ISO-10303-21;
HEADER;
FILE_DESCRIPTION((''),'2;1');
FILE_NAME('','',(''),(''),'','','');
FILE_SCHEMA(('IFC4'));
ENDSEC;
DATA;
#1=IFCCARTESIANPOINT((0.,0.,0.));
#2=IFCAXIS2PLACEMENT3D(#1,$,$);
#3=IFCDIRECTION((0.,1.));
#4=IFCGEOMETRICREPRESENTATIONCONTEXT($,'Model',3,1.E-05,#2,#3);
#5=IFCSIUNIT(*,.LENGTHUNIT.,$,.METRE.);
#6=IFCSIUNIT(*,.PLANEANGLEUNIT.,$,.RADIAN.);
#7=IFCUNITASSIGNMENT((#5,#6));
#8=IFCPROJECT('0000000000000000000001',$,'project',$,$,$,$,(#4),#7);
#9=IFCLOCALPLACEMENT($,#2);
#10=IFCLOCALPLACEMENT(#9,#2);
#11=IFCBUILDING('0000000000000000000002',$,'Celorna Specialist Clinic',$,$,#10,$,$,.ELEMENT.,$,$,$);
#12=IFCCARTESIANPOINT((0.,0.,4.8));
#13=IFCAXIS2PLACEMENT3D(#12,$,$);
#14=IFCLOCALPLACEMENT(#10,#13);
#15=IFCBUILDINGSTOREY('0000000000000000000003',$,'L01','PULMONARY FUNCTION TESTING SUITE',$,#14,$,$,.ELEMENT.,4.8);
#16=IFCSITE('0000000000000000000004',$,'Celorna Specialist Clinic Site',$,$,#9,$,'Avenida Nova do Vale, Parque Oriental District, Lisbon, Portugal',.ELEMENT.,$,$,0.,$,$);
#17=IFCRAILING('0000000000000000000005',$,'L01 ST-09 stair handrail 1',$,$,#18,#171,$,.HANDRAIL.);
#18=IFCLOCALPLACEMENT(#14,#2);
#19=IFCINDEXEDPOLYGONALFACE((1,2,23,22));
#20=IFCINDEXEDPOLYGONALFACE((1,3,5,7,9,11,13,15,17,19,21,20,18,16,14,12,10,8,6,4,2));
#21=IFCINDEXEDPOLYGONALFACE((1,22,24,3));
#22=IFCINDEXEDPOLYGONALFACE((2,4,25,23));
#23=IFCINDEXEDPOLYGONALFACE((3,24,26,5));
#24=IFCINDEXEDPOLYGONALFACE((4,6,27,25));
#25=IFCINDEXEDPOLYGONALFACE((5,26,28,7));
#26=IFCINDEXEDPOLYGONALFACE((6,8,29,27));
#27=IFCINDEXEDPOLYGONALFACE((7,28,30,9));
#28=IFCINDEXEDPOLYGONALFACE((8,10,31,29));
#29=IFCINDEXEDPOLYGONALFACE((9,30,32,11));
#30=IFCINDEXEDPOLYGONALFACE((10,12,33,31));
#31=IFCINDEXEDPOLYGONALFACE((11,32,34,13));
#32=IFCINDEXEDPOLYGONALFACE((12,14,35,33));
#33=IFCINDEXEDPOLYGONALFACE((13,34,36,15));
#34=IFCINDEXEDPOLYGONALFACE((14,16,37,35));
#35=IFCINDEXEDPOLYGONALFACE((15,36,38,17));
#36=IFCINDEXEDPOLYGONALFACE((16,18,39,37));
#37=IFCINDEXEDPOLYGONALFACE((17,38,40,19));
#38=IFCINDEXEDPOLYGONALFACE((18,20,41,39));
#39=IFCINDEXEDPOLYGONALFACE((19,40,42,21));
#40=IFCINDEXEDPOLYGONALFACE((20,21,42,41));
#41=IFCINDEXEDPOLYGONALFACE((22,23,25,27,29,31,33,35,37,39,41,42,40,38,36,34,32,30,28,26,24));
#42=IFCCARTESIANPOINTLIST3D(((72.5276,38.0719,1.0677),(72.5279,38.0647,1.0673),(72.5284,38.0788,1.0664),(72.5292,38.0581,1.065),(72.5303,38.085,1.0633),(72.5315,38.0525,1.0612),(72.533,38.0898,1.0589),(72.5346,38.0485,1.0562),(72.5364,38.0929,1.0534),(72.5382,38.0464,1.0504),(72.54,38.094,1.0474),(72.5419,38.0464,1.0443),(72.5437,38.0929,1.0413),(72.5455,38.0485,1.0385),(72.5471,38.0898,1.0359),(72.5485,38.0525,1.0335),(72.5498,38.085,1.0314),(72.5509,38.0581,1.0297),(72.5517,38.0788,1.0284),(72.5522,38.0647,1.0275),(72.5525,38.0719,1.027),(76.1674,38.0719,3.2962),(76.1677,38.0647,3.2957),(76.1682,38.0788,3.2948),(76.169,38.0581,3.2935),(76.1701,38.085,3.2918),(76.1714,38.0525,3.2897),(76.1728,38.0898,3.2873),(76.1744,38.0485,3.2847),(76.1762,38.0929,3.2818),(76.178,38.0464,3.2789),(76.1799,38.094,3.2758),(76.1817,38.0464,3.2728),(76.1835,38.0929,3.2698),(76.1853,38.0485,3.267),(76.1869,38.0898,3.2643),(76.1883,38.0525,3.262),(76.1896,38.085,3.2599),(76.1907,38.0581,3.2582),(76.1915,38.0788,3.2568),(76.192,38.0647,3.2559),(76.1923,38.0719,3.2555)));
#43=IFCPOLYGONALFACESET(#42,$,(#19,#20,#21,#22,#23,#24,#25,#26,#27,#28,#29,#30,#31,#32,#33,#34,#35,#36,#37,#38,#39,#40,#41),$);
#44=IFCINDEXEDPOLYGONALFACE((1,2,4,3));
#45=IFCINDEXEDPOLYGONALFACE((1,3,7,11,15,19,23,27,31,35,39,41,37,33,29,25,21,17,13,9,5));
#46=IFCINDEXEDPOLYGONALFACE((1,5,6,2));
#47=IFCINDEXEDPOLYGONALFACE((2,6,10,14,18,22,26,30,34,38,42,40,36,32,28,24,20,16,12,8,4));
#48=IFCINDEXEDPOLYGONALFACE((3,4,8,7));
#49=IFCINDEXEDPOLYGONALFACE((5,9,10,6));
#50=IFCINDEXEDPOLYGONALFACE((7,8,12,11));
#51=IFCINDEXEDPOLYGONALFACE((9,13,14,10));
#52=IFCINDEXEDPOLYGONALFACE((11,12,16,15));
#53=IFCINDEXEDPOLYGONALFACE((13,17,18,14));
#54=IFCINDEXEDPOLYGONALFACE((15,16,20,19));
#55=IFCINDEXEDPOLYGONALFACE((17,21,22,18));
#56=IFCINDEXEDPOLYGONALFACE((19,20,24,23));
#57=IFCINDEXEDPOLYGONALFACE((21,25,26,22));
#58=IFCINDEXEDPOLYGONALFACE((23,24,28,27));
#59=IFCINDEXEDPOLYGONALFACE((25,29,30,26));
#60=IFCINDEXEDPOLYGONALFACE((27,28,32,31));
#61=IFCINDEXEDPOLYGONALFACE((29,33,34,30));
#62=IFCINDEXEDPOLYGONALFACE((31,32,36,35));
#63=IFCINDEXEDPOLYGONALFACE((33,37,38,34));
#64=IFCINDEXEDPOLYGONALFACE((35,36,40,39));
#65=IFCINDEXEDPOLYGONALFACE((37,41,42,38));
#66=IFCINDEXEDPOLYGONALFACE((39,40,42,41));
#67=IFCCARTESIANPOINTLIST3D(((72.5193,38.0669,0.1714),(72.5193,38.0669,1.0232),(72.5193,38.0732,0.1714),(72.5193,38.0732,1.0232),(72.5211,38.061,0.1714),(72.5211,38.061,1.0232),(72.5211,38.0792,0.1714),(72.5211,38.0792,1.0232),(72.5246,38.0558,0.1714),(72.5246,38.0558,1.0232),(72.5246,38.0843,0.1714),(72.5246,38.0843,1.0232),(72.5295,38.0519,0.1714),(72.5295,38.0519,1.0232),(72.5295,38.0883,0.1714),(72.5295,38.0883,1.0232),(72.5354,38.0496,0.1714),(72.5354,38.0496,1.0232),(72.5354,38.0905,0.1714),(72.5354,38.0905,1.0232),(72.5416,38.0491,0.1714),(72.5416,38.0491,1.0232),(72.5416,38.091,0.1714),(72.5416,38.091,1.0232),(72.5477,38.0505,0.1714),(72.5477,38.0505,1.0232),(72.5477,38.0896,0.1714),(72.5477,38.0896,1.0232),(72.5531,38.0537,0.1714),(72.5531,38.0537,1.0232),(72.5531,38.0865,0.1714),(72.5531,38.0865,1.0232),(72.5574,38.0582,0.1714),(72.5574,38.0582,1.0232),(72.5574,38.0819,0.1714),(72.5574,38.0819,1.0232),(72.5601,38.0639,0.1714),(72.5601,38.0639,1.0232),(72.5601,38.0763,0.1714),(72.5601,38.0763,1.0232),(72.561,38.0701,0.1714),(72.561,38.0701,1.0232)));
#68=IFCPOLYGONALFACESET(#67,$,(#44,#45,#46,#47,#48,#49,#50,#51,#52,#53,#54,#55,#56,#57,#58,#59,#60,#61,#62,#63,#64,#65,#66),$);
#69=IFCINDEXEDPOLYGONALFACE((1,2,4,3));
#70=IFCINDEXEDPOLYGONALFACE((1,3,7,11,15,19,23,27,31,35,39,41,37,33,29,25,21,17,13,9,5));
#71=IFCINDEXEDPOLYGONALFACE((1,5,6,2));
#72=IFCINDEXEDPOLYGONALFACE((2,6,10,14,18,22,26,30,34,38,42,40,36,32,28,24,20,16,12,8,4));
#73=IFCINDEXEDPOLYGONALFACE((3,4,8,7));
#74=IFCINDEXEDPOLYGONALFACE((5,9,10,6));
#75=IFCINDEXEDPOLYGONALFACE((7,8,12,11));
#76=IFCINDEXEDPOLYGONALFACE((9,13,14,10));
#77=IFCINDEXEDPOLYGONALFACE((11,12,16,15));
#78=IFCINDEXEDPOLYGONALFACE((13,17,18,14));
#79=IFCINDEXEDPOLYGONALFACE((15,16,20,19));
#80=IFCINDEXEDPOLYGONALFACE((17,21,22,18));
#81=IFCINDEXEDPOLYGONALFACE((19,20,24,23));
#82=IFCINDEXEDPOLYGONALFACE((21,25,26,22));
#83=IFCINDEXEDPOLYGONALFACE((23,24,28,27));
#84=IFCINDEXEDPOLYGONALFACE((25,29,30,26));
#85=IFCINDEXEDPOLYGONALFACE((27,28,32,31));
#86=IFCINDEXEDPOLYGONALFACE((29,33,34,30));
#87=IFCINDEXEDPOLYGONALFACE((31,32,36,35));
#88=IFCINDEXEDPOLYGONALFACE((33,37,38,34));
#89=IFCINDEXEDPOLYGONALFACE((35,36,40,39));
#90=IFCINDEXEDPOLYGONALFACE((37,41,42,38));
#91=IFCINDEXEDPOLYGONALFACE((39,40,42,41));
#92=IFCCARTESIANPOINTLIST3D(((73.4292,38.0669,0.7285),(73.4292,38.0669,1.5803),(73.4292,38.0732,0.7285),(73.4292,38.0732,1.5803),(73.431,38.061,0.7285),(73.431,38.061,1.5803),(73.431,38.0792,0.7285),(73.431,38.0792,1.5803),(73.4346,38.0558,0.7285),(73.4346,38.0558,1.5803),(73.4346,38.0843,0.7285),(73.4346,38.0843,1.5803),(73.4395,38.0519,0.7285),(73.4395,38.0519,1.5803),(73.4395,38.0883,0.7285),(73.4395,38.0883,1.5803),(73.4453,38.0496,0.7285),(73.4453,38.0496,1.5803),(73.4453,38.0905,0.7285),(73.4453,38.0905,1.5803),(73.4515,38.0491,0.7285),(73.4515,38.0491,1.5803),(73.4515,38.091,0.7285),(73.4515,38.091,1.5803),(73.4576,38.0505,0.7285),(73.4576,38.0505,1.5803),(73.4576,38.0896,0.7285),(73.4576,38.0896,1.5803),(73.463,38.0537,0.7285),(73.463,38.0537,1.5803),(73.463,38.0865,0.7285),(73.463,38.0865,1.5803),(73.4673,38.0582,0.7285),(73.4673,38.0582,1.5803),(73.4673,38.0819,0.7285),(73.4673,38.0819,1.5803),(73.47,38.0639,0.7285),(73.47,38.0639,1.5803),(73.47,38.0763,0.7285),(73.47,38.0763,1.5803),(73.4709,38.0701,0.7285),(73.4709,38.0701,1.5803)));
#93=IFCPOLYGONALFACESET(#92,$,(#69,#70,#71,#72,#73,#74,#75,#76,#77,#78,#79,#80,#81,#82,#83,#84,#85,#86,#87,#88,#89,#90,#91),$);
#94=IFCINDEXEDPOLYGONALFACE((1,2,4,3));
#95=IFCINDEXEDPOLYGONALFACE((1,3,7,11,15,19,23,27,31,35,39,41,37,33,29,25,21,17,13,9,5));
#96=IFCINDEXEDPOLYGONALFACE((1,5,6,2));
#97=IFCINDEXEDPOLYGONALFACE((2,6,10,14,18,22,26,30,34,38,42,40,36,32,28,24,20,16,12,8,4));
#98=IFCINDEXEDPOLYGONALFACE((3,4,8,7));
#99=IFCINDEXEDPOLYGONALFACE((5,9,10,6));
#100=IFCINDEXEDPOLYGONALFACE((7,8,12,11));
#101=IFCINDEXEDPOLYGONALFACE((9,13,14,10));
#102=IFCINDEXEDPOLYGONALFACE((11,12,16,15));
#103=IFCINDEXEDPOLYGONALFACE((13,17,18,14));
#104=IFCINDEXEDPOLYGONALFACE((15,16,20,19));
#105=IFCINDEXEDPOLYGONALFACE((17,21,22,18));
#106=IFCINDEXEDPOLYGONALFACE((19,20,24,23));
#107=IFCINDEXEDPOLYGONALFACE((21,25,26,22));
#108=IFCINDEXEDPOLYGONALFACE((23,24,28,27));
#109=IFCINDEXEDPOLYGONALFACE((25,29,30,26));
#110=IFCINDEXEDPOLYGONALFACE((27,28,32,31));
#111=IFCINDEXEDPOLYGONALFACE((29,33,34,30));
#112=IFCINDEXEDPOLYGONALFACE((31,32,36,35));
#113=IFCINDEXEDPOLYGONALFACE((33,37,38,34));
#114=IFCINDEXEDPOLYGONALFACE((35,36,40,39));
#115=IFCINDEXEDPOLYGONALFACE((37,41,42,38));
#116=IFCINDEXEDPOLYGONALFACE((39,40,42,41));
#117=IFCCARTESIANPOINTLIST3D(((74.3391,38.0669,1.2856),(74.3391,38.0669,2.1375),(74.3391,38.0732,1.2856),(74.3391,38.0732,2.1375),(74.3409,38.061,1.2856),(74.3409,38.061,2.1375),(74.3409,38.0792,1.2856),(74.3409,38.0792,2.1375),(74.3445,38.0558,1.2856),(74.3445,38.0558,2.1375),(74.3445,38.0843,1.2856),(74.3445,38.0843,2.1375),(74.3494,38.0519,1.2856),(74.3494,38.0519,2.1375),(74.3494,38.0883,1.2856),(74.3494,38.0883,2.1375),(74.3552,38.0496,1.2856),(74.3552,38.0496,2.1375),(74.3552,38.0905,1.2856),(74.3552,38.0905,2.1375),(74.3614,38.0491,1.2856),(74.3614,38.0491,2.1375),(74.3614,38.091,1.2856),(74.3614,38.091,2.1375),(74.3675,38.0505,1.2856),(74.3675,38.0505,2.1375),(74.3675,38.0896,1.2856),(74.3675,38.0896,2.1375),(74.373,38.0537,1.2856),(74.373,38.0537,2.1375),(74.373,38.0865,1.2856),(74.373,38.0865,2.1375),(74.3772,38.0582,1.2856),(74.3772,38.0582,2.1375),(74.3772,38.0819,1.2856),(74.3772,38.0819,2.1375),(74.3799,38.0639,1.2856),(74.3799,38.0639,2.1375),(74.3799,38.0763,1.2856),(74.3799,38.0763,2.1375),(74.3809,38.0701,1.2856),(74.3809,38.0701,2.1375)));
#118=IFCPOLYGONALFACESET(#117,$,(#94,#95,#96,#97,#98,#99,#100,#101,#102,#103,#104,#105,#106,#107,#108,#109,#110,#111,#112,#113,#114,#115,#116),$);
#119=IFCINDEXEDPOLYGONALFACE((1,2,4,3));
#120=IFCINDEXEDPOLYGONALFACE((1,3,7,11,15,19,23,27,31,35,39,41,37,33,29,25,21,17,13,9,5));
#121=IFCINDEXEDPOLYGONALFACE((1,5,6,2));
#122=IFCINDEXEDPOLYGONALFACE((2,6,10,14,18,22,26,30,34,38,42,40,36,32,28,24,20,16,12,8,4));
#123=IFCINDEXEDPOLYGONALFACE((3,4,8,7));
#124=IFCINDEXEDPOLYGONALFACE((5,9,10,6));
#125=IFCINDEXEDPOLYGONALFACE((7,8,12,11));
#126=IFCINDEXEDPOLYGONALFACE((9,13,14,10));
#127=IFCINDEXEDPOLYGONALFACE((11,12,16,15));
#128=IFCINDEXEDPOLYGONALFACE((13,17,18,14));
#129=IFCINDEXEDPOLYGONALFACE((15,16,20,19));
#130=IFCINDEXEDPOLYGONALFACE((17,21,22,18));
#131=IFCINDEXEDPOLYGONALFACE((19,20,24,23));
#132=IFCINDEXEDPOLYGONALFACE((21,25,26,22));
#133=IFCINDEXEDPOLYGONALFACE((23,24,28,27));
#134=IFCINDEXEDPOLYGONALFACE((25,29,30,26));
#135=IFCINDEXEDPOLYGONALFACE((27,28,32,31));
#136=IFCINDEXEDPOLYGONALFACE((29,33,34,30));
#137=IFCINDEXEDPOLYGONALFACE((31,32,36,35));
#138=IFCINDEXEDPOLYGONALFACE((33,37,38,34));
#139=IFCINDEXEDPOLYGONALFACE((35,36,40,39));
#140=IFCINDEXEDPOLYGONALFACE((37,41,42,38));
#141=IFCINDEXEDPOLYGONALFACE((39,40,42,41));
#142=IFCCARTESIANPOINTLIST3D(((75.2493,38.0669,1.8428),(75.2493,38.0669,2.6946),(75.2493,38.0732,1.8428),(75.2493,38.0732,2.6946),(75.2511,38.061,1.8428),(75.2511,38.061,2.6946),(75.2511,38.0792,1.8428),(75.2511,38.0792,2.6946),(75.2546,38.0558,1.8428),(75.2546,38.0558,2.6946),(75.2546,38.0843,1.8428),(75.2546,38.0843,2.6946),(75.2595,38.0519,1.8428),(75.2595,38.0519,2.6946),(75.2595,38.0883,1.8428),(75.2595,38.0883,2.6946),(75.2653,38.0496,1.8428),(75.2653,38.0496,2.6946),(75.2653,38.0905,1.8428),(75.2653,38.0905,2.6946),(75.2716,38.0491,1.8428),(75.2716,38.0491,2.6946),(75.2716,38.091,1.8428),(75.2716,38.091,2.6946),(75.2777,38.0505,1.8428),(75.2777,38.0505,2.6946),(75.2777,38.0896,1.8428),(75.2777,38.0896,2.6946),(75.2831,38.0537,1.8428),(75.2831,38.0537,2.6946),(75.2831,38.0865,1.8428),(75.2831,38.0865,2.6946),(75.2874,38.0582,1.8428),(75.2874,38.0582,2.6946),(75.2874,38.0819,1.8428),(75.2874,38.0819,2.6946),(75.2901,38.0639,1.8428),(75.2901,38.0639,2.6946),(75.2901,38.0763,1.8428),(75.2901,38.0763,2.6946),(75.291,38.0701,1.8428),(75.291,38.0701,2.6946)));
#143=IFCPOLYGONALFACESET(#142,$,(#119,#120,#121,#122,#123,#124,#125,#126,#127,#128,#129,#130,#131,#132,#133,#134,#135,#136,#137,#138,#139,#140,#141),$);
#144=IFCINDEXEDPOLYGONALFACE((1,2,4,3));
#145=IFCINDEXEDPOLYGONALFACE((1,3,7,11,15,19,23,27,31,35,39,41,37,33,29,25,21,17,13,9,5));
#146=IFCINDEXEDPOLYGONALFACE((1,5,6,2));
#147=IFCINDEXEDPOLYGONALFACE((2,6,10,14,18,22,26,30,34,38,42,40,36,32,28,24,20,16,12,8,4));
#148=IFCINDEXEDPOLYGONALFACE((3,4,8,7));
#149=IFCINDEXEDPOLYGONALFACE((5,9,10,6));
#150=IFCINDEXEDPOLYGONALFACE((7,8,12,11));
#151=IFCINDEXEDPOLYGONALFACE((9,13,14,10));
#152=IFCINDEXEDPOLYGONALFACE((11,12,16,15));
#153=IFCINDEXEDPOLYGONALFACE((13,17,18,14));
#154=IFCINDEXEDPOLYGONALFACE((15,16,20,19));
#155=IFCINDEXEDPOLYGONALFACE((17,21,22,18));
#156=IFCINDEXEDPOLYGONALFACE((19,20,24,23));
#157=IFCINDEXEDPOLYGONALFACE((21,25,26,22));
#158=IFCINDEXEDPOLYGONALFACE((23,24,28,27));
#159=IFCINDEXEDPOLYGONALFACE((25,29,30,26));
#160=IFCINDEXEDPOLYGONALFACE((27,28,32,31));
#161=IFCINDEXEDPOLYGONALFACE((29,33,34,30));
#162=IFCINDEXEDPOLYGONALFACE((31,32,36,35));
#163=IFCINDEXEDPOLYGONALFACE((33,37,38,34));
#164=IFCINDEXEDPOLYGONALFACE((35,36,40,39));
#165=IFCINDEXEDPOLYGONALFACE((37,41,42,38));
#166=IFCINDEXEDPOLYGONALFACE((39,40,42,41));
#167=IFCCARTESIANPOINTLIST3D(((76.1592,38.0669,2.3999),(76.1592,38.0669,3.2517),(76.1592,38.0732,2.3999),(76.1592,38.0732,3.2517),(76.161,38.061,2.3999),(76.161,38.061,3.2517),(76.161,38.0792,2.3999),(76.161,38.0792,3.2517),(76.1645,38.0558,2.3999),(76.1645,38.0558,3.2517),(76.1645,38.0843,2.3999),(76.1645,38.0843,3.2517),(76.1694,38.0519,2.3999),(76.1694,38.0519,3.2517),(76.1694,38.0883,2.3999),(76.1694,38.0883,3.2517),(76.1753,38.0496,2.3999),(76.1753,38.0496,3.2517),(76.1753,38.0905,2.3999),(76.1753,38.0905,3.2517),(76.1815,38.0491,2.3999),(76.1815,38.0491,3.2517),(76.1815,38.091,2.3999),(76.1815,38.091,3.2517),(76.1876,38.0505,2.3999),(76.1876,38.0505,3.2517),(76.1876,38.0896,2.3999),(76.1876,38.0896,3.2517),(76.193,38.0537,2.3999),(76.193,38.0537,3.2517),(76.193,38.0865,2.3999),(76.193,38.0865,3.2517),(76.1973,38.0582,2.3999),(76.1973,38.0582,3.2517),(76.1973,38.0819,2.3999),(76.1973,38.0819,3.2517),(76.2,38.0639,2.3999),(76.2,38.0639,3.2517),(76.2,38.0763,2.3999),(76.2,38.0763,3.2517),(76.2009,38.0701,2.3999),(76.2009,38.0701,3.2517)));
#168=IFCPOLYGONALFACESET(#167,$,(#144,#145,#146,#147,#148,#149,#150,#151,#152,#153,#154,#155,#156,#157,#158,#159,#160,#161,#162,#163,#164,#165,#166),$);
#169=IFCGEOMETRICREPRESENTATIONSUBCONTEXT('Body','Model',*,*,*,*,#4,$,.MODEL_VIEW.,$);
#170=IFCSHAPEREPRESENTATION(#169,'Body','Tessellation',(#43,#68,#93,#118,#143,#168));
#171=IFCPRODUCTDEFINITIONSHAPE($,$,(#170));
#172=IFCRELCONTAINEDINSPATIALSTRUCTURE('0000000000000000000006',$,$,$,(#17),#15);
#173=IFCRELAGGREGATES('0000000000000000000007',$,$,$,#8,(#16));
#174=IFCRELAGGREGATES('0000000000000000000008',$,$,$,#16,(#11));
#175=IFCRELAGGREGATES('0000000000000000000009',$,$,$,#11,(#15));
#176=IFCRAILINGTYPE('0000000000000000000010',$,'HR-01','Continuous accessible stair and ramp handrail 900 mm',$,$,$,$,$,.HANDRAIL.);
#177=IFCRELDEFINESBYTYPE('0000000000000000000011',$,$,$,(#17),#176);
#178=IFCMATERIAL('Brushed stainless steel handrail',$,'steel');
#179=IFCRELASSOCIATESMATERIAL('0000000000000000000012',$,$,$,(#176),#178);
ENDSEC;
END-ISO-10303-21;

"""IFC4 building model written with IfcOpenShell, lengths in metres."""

from ifc_helpers import new_model, si_unit, direction, frame, origin, origin_2d, place, context, subcontext, project, spatial, circle, extrude, material, type_object, element, save


model = new_model("IFC4")

# Units and contexts
model_context = context("Model", 3, precision=1e-05, world=origin(), true_north=direction((0.0, 1.0)))
body_context = subcontext(model_context, "Body", "Model", "MODEL_VIEW")
ifc_project = project(units=[si_unit("LENGTHUNIT", "METRE"), si_unit("PLANEANGLEUNIT", "RADIAN")], contexts=[model_context])

# Site, building, storey
site_placement = place(None, origin())
site = spatial("IfcSite", under=ifc_project, at=site_placement, Name="Celorna Specialist Clinic Site", LongName="Avenida Nova do Vale, Parque Oriental District, Lisbon, Portugal", CompositionType="ELEMENT", RefElevation=0.0)
building_placement = place(site_placement, origin())
building = spatial("IfcBuilding", under=site, at=building_placement, Name="Celorna Specialist Clinic", CompositionType="ELEMENT")
storey_placement = place(building_placement, frame((0.0, 0.0, 4.8)))
storey = spatial("IfcBuildingStorey", under=building, at=storey_placement, Name="L01", Description="PULMONARY FUNCTION TESTING SUITE", CompositionType="ELEMENT", Elevation=4.8)

# Railing
ifc_material_1 = material(Name="Brushed stainless steel handrail", Category="steel")
railing_type_1 = type_object("IfcRailingType", Name="HR-01", Description="Continuous accessible stair and ramp handrail 900 mm", PredefinedType="HANDRAIL", material=ifc_material_1)
railing_1_placement = place(storey_placement, frame((72.54, 38.0701, 0.1714)))
element("IfcRailing", 1, at=railing_1_placement, inside=storey, type_object=railing_type_1, Name="L01 ST-09 stair handrail 1", PredefinedType="HANDRAIL", context=body_context, shape_type="SweptSolid", body=[
    extrude(circle(Radius=0.0239, at=origin_2d()), frame((0.0, 0.0, 0.876), z_axis=(0.85285, 0.0, 0.522156), x_axis=(0.0, 1.0, 0.0)), (0.0, 0.0, 1.0), 4.2678),
    extrude(circle(Radius=0.021, at=origin_2d()), origin(), (0.0, 0.0, 1.0), 0.8518),
    extrude(circle(Radius=0.021, at=origin_2d()), frame((0.9099, 0.0, 0.5571)), (0.0, 0.0, 1.0), 0.8518),
    extrude(circle(Radius=0.021, at=origin_2d()), frame((1.8198, 0.0, 1.1143)), (0.0, 0.0, 1.0), 0.8518),
    extrude(circle(Radius=0.021, at=origin_2d()), frame((2.73, 0.0, 1.6714)), (0.0, 0.0, 1.0), 0.8518),
    extrude(circle(Radius=0.021, at=origin_2d()), frame((3.6399, 0.0, 2.2285)), (0.0, 0.0, 1.0), 0.8518),
])

save(model, "model.ifc")
